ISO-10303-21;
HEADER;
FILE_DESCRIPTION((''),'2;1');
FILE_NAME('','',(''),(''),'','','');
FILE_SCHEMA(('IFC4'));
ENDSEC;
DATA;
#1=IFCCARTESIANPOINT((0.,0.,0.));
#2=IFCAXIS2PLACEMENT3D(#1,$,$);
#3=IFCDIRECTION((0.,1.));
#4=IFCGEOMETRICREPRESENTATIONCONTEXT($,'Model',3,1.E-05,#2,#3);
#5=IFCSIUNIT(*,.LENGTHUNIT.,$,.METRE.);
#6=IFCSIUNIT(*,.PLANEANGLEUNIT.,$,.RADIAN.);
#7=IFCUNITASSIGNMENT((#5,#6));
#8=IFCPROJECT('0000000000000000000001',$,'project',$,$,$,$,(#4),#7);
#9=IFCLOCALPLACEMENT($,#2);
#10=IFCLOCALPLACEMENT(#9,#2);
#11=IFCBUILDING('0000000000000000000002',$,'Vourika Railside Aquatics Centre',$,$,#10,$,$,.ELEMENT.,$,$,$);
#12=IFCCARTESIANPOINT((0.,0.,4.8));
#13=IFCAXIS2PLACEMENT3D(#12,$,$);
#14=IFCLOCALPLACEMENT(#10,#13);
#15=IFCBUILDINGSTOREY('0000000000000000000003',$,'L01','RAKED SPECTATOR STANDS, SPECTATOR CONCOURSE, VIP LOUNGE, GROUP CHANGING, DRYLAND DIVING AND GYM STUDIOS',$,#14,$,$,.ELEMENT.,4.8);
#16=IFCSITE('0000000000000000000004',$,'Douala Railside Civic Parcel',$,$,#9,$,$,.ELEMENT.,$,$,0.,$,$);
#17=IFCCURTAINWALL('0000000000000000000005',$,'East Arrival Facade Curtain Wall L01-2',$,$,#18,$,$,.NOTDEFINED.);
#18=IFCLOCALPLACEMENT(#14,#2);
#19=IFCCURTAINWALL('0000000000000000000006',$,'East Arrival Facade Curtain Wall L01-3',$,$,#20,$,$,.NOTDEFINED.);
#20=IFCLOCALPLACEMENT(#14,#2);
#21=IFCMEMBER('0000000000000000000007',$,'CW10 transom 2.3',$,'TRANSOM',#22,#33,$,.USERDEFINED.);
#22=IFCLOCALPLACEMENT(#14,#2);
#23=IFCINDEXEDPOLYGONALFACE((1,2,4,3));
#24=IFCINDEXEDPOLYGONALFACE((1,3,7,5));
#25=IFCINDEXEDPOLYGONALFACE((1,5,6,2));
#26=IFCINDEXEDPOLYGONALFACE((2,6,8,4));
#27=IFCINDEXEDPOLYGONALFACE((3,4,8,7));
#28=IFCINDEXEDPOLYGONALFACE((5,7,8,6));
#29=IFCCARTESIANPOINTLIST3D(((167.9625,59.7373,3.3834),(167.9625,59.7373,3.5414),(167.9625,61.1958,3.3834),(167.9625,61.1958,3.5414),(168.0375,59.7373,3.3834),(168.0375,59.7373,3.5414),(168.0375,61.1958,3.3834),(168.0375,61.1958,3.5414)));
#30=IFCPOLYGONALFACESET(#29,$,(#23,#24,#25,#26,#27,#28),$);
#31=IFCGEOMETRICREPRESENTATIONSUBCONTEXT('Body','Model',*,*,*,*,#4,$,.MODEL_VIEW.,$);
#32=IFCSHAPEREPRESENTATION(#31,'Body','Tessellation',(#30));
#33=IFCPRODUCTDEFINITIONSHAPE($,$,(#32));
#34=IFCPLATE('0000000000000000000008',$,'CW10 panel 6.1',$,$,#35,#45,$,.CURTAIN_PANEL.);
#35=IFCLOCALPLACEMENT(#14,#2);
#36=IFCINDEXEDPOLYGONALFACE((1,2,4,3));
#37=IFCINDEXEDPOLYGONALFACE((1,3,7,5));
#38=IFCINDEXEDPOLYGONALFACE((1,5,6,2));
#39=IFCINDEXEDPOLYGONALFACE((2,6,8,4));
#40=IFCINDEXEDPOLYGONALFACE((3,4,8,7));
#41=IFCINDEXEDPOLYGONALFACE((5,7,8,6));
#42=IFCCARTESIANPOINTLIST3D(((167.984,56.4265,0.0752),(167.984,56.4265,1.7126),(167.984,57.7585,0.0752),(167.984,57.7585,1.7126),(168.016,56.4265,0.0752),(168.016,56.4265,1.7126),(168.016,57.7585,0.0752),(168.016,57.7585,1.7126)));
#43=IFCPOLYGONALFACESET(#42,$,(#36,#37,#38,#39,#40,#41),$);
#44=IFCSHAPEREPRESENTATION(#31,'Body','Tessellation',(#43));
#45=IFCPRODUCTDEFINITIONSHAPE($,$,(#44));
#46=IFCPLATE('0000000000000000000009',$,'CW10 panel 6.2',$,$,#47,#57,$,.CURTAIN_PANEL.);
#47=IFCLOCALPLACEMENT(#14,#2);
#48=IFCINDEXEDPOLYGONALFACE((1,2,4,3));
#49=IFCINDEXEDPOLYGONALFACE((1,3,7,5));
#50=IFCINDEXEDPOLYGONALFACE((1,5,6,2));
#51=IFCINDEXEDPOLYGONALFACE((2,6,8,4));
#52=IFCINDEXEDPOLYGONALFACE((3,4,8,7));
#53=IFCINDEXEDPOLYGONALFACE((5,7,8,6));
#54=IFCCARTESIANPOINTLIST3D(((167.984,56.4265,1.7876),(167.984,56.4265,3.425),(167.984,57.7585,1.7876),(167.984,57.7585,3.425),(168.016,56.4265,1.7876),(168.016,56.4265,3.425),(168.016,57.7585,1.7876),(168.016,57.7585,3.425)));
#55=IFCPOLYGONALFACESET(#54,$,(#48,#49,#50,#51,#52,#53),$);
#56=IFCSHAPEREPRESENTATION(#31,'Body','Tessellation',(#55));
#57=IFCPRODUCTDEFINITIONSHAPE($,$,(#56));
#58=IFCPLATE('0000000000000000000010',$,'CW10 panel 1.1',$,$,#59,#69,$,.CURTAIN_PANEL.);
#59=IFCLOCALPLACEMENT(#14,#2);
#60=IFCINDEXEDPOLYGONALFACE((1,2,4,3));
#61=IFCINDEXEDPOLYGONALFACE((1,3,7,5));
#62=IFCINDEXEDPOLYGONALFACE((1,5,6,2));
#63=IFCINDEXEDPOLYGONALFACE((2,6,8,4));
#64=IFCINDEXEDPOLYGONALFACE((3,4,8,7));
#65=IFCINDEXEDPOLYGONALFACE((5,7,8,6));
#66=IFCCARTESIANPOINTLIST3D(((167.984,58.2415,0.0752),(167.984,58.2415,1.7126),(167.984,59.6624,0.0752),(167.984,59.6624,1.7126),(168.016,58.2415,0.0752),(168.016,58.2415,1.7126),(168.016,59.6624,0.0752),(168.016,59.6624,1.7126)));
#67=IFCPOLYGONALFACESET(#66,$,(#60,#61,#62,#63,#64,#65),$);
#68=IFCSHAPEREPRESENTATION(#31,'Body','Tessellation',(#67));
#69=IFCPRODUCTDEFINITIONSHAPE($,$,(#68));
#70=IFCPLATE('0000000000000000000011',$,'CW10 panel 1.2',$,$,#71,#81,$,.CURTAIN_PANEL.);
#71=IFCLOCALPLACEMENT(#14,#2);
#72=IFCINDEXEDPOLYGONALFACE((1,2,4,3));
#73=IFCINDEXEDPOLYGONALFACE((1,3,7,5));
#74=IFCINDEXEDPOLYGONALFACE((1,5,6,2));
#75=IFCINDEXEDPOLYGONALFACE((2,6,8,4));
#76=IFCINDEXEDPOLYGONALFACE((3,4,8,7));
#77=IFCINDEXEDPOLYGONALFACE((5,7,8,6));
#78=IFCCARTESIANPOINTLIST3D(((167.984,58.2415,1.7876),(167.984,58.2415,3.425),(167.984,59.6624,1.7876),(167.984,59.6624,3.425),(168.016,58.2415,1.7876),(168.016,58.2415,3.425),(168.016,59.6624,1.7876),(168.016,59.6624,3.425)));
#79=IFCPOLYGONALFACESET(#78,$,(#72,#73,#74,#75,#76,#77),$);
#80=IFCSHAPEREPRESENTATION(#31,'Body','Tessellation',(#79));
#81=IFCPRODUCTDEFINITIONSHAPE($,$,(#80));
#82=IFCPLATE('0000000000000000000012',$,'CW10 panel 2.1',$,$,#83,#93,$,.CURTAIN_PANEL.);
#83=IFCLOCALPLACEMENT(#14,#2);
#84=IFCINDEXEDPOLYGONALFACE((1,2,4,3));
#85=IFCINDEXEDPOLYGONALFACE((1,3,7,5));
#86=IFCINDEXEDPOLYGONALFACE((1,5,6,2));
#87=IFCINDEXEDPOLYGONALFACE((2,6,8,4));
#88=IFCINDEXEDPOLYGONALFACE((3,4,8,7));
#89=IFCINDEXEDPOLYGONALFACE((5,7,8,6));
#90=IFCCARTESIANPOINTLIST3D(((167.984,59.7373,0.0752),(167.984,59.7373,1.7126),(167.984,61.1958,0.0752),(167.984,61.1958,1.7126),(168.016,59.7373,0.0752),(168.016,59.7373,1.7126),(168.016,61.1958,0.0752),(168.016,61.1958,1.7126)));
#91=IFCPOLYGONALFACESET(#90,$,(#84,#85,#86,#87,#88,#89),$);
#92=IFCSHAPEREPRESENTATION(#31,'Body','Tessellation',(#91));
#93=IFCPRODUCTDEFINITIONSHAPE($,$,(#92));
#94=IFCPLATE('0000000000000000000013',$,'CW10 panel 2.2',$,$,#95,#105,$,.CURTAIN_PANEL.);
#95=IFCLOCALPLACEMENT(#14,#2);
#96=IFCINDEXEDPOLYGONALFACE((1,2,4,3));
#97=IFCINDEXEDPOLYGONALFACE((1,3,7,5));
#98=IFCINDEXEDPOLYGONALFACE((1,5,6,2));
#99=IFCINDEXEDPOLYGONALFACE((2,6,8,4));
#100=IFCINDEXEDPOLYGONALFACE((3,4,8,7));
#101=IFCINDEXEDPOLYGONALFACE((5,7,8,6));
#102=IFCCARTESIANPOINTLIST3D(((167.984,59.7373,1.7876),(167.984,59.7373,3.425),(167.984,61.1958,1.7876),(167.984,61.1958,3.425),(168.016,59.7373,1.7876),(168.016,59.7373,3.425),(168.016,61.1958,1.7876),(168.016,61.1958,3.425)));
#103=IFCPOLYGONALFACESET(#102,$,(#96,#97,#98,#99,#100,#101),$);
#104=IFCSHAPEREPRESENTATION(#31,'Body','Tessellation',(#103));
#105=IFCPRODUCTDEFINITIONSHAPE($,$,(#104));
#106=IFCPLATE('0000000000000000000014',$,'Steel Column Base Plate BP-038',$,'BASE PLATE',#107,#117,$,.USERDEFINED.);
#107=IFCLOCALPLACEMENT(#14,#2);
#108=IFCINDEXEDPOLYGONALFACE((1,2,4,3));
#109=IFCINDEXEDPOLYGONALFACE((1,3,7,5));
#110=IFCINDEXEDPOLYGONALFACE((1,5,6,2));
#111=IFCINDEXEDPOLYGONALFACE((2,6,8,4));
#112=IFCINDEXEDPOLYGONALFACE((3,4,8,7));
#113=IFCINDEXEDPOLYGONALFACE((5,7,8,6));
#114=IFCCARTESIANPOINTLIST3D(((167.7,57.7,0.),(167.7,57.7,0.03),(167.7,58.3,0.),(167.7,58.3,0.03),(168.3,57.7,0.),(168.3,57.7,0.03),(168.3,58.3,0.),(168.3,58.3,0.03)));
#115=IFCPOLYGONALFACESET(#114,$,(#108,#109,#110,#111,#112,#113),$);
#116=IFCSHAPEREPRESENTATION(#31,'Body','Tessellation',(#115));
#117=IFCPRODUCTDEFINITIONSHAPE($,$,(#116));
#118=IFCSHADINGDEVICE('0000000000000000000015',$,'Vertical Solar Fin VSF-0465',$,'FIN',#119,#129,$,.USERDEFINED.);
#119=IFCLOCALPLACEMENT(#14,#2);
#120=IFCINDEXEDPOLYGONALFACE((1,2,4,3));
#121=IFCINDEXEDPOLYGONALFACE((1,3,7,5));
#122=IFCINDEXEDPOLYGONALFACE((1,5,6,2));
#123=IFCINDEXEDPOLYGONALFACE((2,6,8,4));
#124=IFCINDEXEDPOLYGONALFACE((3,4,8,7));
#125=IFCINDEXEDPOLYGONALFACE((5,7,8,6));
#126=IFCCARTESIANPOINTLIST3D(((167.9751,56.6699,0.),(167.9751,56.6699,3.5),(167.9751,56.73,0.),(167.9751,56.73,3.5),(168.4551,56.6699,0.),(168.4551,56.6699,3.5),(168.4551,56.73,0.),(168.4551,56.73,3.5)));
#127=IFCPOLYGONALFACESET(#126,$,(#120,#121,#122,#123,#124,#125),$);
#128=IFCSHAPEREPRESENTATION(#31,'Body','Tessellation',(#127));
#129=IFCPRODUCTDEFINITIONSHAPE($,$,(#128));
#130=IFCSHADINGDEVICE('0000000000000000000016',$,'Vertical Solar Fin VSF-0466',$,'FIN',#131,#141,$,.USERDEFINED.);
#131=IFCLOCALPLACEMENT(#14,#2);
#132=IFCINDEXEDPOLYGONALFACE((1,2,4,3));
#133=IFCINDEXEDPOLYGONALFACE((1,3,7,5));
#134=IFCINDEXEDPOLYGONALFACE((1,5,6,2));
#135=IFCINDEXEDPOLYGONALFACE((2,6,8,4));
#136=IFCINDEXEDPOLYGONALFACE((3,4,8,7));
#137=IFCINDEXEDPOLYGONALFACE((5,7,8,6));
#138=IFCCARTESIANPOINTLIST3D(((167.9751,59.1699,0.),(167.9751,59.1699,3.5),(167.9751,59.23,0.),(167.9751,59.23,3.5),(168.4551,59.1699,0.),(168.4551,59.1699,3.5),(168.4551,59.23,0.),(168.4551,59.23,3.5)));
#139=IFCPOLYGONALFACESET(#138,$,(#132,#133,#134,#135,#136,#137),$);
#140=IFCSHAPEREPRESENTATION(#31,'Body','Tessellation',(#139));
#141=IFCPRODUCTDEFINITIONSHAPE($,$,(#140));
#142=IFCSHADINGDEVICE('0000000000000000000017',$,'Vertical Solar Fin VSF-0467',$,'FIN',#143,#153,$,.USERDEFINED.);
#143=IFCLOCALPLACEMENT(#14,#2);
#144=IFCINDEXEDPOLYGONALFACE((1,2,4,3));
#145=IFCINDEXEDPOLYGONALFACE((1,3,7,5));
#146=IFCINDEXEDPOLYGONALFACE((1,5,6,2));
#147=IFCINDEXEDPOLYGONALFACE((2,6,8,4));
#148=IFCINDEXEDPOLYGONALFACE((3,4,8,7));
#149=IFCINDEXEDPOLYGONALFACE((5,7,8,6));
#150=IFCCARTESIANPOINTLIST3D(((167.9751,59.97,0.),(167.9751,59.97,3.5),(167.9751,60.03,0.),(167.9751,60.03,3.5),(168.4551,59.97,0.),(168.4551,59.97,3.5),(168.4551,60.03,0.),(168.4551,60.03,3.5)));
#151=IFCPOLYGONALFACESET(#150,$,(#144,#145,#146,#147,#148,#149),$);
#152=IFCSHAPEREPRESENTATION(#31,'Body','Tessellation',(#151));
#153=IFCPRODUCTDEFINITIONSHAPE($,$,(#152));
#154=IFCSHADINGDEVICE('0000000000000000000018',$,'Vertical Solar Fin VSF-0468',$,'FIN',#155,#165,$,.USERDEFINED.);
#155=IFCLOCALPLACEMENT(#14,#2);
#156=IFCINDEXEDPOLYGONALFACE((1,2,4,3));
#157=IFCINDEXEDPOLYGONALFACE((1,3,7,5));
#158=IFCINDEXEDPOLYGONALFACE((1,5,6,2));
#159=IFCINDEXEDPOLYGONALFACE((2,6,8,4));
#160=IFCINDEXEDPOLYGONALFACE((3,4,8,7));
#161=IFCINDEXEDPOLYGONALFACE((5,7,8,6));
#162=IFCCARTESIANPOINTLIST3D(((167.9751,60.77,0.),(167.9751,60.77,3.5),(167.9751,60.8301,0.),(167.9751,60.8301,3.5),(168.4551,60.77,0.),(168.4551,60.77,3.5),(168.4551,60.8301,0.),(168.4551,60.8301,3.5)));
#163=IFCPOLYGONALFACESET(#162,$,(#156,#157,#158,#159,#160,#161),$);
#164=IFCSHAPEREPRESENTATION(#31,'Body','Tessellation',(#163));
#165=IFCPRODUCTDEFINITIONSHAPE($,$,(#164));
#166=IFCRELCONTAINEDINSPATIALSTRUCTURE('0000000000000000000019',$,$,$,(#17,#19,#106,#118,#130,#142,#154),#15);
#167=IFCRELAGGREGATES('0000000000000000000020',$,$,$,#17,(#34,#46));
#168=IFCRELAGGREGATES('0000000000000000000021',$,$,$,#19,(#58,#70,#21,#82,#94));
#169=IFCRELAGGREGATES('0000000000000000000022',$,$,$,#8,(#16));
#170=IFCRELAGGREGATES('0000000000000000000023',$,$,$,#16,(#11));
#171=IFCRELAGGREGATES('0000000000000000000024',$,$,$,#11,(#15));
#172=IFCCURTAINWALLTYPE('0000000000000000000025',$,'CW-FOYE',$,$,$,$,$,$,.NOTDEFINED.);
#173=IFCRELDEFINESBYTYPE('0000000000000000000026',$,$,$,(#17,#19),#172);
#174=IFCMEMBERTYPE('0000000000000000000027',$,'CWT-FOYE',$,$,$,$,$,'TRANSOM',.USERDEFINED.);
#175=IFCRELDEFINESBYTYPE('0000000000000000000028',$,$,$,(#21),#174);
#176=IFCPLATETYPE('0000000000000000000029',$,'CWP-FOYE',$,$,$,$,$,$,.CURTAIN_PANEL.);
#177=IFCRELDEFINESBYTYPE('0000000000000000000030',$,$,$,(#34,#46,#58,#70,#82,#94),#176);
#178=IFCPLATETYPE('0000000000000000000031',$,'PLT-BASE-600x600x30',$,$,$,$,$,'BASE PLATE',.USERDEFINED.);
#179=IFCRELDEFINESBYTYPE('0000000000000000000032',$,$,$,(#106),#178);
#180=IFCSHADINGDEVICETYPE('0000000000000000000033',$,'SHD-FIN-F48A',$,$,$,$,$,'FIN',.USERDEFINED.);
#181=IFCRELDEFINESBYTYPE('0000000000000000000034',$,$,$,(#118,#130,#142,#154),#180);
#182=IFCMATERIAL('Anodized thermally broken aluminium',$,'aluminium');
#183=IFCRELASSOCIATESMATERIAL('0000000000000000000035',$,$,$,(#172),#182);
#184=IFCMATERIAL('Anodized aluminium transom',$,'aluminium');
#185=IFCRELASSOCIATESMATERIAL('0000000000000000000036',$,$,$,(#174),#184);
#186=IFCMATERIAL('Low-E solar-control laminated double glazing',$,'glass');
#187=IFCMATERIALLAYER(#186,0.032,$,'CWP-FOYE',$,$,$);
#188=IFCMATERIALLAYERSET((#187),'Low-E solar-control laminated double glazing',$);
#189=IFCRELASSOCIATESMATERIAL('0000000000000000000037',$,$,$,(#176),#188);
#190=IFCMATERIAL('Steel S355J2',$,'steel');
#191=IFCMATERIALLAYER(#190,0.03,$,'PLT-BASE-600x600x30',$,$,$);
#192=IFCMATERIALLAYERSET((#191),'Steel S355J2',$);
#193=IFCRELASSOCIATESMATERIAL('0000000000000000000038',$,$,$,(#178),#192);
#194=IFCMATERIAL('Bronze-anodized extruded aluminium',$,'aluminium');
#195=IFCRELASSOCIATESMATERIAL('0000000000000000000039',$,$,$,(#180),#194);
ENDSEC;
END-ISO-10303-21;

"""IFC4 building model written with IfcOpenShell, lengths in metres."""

from ifc_helpers import new_model, si_unit, direction, frame, origin, origin_2d, place, context, subcontext, project, spatial, rectangle, extrude, material, layer, layer_set, material_profile, profile_set, type_object, element, aggregate, save


model = new_model("IFC4")

# Units and contexts
model_context = context("Model", 3, precision=1e-05, world=origin(), true_north=direction((0.0, 1.0)))
body_context = subcontext(model_context, "Body", "Model", "MODEL_VIEW")
ifc_project = project(units=[si_unit("LENGTHUNIT", "METRE"), si_unit("PLANEANGLEUNIT", "RADIAN")], contexts=[model_context])

# Site, building, storey
site_placement = place(None, origin())
site = spatial("IfcSite", under=ifc_project, at=site_placement, Name="Douala Railside Civic Parcel", CompositionType="ELEMENT", RefElevation=0.0)
building_placement = place(site_placement, origin())
building = spatial("IfcBuilding", under=site, at=building_placement, Name="Vourika Railside Aquatics Centre", CompositionType="ELEMENT")
storey_placement = place(building_placement, frame((0.0, 0.0, 4.8)))
storey = spatial("IfcBuildingStorey", under=building, at=storey_placement, Name="L01", Description="RAKED SPECTATOR STANDS, SPECTATOR CONCOURSE, VIP LOUNGE, GROUP CHANGING, DRYLAND DIVING AND GYM STUDIOS", CompositionType="ELEMENT", Elevation=4.8)

# Shared definitions
ifc_material_1 = material(Name="Steel S355J2", Category="steel")

# Curtain wall
ifc_material_2 = material(Name="Anodized thermally broken aluminium", Category="aluminium")
curtain_wall_type = type_object("IfcCurtainWallType", Name="CW-FOYE", PredefinedType="NOTDEFINED", material=ifc_material_2)
curtain_wall_1_placement = place(storey_placement, origin())
curtain_wall_1 = element("IfcCurtainWall", 1, at=curtain_wall_1_placement, inside=storey, type_object=curtain_wall_type, Name="East Arrival Facade Curtain Wall L01-2", PredefinedType="NOTDEFINED")

# Curtain wall, member
curtain_wall_2_placement = place(storey_placement, origin())
curtain_wall_2 = element("IfcCurtainWall", 2, at=curtain_wall_2_placement, inside=storey, type_object=curtain_wall_type, Name="East Arrival Facade Curtain Wall L01-3", PredefinedType="NOTDEFINED")
ifc_material_3 = material(Name="Anodized aluminium transom", Category="aluminium")
ifc_material_profile_1 = material_profile(ifc_material_3, rectangle(XDim=0.075, YDim=0.158, at=origin_2d()), Name="ALU-T 75x158")
ifc_profile_set_1 = profile_set([ifc_material_profile_1], Name="Anodized aluminium transom")
member_type_1 = type_object("IfcMemberType", Name="CWT-FOYE", ElementType="TRANSOM", PredefinedType="USERDEFINED", material=ifc_profile_set_1)
member_1_placement = place(storey_placement, frame((168.0, 59.7373, 3.4624), z_axis=(0.0, 1.0, 0.0), x_axis=(-1.0, 0.0, 0.0)))
member_1 = element("IfcMember", 3, at=member_1_placement, type_object=member_type_1, Name="CW10 transom 2.3", ObjectType="TRANSOM", PredefinedType="USERDEFINED", context=body_context, shape_type="SweptSolid", body=[
    extrude(rectangle(XDim=0.075, YDim=0.158, at=origin_2d()), origin(), (0.0, 0.0, 1.0), 1.4585),
])

# Plates
ifc_material_4 = material(Name="Low-E solar-control laminated double glazing", Category="glass")
ifc_layer_1 = layer(ifc_material_4, 0.032, Name="CWP-FOYE")
ifc_layer_set_1 = layer_set([ifc_layer_1], Name="Low-E solar-control laminated double glazing")
plate_type_1 = type_object("IfcPlateType", Name="CWP-FOYE", PredefinedType="CURTAIN_PANEL", material=ifc_layer_set_1)
plate_1_placement = place(storey_placement, frame((168.0, 57.0925, 0.0752), z_axis=(0.0, 0.0, 1.0), x_axis=(0.0, 1.0, 0.0)))
plate_1 = element("IfcPlate", 4, at=plate_1_placement, type_object=plate_type_1, Name="CW10 panel 6.1", PredefinedType="CURTAIN_PANEL", context=body_context, shape_type="SweptSolid", body=[
    extrude(rectangle(XDim=1.332, YDim=0.032, at=origin_2d()), origin(), (0.0, 0.0, 1.0), 1.6375),
])
plate_2_placement = place(storey_placement, frame((168.0, 57.0925, 1.7876), z_axis=(0.0, 0.0, 1.0), x_axis=(0.0, 1.0, 0.0)))
plate_2 = element("IfcPlate", 5, at=plate_2_placement, type_object=plate_type_1, Name="CW10 panel 6.2", PredefinedType="CURTAIN_PANEL", context=body_context, shape_type="SweptSolid", body=[
    extrude(rectangle(XDim=1.332, YDim=0.032, at=origin_2d()), origin(), (0.0, 0.0, 1.0), 1.6375),
])
aggregate(curtain_wall_1, [plate_1, plate_2])
plate_3_placement = place(storey_placement, frame((168.0, 58.9519, 0.0752), z_axis=(0.0, 0.0, 1.0), x_axis=(0.0, 1.0, 0.0)))
plate_3 = element("IfcPlate", 6, at=plate_3_placement, type_object=plate_type_1, Name="CW10 panel 1.1", PredefinedType="CURTAIN_PANEL", context=body_context, shape_type="SweptSolid", body=[
    extrude(rectangle(XDim=1.4209, YDim=0.032, at=origin_2d()), origin(), (0.0, 0.0, 1.0), 1.6375),
])
plate_4_placement = place(storey_placement, frame((168.0, 58.9519, 1.7876), z_axis=(0.0, 0.0, 1.0), x_axis=(0.0, 1.0, 0.0)))
plate_4 = element("IfcPlate", 7, at=plate_4_placement, type_object=plate_type_1, Name="CW10 panel 1.2", PredefinedType="CURTAIN_PANEL", context=body_context, shape_type="SweptSolid", body=[
    extrude(rectangle(XDim=1.4209, YDim=0.032, at=origin_2d()), origin(), (0.0, 0.0, 1.0), 1.6375),
])
plate_5_placement = place(storey_placement, frame((168.0, 60.4666, 0.0752), z_axis=(0.0, 0.0, 1.0), x_axis=(0.0, 1.0, 0.0)))
plate_5 = element("IfcPlate", 8, at=plate_5_placement, type_object=plate_type_1, Name="CW10 panel 2.1", PredefinedType="CURTAIN_PANEL", context=body_context, shape_type="SweptSolid", body=[
    extrude(rectangle(XDim=1.4585, YDim=0.032, at=origin_2d()), origin(), (0.0, 0.0, 1.0), 1.6375),
])
plate_6_placement = place(storey_placement, frame((168.0, 60.4666, 1.7876), z_axis=(0.0, 0.0, 1.0), x_axis=(0.0, 1.0, 0.0)))
plate_6 = element("IfcPlate", 9, at=plate_6_placement, type_object=plate_type_1, Name="CW10 panel 2.2", PredefinedType="CURTAIN_PANEL", context=body_context, shape_type="SweptSolid", body=[
    extrude(rectangle(XDim=1.4585, YDim=0.032, at=origin_2d()), origin(), (0.0, 0.0, 1.0), 1.6375),
])
aggregate(curtain_wall_2, [plate_3, plate_4, member_1, plate_5, plate_6])
ifc_layer_2 = layer(ifc_material_1, 0.03, Name="PLT-BASE-600x600x30")
ifc_layer_set_2 = layer_set([ifc_layer_2], Name="Steel S355J2")
plate_type_2 = type_object("IfcPlateType", Name="PLT-BASE-600x600x30", ElementType="BASE PLATE", PredefinedType="USERDEFINED", material=ifc_layer_set_2)
plate_7_placement = place(storey_placement, frame((168.0, 58.0, 0.0), z_axis=(0.0, 0.0, 1.0), x_axis=(1.0, 0.0, 0.0)))
element("IfcPlate", 10, at=plate_7_placement, inside=storey, type_object=plate_type_2, Name="Steel Column Base Plate BP-038", ObjectType="BASE PLATE", PredefinedType="USERDEFINED", context=body_context, shape_type="SweptSolid", body=[
    extrude(rectangle(XDim=0.6001, YDim=0.6001, at=origin_2d()), origin(), (0.0, 0.0, 1.0), 0.03),
])

# Shading devices
ifc_material_5 = material(Name="Bronze-anodized extruded aluminium", Category="aluminium")
ifc_material_profile_2 = material_profile(ifc_material_5, rectangle(XDim=0.0601, YDim=0.48, at=origin_2d()), Name="ALU-FIN 60x480")
ifc_profile_set_2 = profile_set([ifc_material_profile_2], Name="Bronze-anodized extruded aluminium")
shading_device_type = type_object("IfcShadingDeviceType", Name="SHD-FIN-F48A", ElementType="FIN", PredefinedType="USERDEFINED", material=ifc_profile_set_2)
for number, where, z_axis, x_axis, name in (
    (11, (168.2151, 56.7, 0.0), (0.0, 0.0, 1.0), (0.0, -1.0, 0.0), "Vertical Solar Fin VSF-0465"),
    (12, (168.2151, 59.2, 0.0), (0.0, 0.0, 1.0), (0.0, -1.0, 0.0), "Vertical Solar Fin VSF-0466"),
    (13, (168.2151, 60.0, 0.0), (0.0, 0.0, 1.0), (0.0, -1.0, 0.0), "Vertical Solar Fin VSF-0467"),
    (14, (168.2151, 60.8, 0.0), (0.0, 0.0, 1.0), (0.0, -1.0, 0.0), "Vertical Solar Fin VSF-0468"),
):
    element("IfcShadingDevice", number, at=place(storey_placement, frame(where, z_axis=z_axis, x_axis=x_axis)), inside=storey, type_object=shading_device_type, Name=name, ObjectType="FIN", PredefinedType="USERDEFINED", context=body_context, shape_type="SweptSolid", body=[
        extrude(rectangle(XDim=0.0601, YDim=0.48, at=origin_2d()), origin(), (0.0, 0.0, 1.0), 3.5),
    ])

save(model, "model.ifc")
